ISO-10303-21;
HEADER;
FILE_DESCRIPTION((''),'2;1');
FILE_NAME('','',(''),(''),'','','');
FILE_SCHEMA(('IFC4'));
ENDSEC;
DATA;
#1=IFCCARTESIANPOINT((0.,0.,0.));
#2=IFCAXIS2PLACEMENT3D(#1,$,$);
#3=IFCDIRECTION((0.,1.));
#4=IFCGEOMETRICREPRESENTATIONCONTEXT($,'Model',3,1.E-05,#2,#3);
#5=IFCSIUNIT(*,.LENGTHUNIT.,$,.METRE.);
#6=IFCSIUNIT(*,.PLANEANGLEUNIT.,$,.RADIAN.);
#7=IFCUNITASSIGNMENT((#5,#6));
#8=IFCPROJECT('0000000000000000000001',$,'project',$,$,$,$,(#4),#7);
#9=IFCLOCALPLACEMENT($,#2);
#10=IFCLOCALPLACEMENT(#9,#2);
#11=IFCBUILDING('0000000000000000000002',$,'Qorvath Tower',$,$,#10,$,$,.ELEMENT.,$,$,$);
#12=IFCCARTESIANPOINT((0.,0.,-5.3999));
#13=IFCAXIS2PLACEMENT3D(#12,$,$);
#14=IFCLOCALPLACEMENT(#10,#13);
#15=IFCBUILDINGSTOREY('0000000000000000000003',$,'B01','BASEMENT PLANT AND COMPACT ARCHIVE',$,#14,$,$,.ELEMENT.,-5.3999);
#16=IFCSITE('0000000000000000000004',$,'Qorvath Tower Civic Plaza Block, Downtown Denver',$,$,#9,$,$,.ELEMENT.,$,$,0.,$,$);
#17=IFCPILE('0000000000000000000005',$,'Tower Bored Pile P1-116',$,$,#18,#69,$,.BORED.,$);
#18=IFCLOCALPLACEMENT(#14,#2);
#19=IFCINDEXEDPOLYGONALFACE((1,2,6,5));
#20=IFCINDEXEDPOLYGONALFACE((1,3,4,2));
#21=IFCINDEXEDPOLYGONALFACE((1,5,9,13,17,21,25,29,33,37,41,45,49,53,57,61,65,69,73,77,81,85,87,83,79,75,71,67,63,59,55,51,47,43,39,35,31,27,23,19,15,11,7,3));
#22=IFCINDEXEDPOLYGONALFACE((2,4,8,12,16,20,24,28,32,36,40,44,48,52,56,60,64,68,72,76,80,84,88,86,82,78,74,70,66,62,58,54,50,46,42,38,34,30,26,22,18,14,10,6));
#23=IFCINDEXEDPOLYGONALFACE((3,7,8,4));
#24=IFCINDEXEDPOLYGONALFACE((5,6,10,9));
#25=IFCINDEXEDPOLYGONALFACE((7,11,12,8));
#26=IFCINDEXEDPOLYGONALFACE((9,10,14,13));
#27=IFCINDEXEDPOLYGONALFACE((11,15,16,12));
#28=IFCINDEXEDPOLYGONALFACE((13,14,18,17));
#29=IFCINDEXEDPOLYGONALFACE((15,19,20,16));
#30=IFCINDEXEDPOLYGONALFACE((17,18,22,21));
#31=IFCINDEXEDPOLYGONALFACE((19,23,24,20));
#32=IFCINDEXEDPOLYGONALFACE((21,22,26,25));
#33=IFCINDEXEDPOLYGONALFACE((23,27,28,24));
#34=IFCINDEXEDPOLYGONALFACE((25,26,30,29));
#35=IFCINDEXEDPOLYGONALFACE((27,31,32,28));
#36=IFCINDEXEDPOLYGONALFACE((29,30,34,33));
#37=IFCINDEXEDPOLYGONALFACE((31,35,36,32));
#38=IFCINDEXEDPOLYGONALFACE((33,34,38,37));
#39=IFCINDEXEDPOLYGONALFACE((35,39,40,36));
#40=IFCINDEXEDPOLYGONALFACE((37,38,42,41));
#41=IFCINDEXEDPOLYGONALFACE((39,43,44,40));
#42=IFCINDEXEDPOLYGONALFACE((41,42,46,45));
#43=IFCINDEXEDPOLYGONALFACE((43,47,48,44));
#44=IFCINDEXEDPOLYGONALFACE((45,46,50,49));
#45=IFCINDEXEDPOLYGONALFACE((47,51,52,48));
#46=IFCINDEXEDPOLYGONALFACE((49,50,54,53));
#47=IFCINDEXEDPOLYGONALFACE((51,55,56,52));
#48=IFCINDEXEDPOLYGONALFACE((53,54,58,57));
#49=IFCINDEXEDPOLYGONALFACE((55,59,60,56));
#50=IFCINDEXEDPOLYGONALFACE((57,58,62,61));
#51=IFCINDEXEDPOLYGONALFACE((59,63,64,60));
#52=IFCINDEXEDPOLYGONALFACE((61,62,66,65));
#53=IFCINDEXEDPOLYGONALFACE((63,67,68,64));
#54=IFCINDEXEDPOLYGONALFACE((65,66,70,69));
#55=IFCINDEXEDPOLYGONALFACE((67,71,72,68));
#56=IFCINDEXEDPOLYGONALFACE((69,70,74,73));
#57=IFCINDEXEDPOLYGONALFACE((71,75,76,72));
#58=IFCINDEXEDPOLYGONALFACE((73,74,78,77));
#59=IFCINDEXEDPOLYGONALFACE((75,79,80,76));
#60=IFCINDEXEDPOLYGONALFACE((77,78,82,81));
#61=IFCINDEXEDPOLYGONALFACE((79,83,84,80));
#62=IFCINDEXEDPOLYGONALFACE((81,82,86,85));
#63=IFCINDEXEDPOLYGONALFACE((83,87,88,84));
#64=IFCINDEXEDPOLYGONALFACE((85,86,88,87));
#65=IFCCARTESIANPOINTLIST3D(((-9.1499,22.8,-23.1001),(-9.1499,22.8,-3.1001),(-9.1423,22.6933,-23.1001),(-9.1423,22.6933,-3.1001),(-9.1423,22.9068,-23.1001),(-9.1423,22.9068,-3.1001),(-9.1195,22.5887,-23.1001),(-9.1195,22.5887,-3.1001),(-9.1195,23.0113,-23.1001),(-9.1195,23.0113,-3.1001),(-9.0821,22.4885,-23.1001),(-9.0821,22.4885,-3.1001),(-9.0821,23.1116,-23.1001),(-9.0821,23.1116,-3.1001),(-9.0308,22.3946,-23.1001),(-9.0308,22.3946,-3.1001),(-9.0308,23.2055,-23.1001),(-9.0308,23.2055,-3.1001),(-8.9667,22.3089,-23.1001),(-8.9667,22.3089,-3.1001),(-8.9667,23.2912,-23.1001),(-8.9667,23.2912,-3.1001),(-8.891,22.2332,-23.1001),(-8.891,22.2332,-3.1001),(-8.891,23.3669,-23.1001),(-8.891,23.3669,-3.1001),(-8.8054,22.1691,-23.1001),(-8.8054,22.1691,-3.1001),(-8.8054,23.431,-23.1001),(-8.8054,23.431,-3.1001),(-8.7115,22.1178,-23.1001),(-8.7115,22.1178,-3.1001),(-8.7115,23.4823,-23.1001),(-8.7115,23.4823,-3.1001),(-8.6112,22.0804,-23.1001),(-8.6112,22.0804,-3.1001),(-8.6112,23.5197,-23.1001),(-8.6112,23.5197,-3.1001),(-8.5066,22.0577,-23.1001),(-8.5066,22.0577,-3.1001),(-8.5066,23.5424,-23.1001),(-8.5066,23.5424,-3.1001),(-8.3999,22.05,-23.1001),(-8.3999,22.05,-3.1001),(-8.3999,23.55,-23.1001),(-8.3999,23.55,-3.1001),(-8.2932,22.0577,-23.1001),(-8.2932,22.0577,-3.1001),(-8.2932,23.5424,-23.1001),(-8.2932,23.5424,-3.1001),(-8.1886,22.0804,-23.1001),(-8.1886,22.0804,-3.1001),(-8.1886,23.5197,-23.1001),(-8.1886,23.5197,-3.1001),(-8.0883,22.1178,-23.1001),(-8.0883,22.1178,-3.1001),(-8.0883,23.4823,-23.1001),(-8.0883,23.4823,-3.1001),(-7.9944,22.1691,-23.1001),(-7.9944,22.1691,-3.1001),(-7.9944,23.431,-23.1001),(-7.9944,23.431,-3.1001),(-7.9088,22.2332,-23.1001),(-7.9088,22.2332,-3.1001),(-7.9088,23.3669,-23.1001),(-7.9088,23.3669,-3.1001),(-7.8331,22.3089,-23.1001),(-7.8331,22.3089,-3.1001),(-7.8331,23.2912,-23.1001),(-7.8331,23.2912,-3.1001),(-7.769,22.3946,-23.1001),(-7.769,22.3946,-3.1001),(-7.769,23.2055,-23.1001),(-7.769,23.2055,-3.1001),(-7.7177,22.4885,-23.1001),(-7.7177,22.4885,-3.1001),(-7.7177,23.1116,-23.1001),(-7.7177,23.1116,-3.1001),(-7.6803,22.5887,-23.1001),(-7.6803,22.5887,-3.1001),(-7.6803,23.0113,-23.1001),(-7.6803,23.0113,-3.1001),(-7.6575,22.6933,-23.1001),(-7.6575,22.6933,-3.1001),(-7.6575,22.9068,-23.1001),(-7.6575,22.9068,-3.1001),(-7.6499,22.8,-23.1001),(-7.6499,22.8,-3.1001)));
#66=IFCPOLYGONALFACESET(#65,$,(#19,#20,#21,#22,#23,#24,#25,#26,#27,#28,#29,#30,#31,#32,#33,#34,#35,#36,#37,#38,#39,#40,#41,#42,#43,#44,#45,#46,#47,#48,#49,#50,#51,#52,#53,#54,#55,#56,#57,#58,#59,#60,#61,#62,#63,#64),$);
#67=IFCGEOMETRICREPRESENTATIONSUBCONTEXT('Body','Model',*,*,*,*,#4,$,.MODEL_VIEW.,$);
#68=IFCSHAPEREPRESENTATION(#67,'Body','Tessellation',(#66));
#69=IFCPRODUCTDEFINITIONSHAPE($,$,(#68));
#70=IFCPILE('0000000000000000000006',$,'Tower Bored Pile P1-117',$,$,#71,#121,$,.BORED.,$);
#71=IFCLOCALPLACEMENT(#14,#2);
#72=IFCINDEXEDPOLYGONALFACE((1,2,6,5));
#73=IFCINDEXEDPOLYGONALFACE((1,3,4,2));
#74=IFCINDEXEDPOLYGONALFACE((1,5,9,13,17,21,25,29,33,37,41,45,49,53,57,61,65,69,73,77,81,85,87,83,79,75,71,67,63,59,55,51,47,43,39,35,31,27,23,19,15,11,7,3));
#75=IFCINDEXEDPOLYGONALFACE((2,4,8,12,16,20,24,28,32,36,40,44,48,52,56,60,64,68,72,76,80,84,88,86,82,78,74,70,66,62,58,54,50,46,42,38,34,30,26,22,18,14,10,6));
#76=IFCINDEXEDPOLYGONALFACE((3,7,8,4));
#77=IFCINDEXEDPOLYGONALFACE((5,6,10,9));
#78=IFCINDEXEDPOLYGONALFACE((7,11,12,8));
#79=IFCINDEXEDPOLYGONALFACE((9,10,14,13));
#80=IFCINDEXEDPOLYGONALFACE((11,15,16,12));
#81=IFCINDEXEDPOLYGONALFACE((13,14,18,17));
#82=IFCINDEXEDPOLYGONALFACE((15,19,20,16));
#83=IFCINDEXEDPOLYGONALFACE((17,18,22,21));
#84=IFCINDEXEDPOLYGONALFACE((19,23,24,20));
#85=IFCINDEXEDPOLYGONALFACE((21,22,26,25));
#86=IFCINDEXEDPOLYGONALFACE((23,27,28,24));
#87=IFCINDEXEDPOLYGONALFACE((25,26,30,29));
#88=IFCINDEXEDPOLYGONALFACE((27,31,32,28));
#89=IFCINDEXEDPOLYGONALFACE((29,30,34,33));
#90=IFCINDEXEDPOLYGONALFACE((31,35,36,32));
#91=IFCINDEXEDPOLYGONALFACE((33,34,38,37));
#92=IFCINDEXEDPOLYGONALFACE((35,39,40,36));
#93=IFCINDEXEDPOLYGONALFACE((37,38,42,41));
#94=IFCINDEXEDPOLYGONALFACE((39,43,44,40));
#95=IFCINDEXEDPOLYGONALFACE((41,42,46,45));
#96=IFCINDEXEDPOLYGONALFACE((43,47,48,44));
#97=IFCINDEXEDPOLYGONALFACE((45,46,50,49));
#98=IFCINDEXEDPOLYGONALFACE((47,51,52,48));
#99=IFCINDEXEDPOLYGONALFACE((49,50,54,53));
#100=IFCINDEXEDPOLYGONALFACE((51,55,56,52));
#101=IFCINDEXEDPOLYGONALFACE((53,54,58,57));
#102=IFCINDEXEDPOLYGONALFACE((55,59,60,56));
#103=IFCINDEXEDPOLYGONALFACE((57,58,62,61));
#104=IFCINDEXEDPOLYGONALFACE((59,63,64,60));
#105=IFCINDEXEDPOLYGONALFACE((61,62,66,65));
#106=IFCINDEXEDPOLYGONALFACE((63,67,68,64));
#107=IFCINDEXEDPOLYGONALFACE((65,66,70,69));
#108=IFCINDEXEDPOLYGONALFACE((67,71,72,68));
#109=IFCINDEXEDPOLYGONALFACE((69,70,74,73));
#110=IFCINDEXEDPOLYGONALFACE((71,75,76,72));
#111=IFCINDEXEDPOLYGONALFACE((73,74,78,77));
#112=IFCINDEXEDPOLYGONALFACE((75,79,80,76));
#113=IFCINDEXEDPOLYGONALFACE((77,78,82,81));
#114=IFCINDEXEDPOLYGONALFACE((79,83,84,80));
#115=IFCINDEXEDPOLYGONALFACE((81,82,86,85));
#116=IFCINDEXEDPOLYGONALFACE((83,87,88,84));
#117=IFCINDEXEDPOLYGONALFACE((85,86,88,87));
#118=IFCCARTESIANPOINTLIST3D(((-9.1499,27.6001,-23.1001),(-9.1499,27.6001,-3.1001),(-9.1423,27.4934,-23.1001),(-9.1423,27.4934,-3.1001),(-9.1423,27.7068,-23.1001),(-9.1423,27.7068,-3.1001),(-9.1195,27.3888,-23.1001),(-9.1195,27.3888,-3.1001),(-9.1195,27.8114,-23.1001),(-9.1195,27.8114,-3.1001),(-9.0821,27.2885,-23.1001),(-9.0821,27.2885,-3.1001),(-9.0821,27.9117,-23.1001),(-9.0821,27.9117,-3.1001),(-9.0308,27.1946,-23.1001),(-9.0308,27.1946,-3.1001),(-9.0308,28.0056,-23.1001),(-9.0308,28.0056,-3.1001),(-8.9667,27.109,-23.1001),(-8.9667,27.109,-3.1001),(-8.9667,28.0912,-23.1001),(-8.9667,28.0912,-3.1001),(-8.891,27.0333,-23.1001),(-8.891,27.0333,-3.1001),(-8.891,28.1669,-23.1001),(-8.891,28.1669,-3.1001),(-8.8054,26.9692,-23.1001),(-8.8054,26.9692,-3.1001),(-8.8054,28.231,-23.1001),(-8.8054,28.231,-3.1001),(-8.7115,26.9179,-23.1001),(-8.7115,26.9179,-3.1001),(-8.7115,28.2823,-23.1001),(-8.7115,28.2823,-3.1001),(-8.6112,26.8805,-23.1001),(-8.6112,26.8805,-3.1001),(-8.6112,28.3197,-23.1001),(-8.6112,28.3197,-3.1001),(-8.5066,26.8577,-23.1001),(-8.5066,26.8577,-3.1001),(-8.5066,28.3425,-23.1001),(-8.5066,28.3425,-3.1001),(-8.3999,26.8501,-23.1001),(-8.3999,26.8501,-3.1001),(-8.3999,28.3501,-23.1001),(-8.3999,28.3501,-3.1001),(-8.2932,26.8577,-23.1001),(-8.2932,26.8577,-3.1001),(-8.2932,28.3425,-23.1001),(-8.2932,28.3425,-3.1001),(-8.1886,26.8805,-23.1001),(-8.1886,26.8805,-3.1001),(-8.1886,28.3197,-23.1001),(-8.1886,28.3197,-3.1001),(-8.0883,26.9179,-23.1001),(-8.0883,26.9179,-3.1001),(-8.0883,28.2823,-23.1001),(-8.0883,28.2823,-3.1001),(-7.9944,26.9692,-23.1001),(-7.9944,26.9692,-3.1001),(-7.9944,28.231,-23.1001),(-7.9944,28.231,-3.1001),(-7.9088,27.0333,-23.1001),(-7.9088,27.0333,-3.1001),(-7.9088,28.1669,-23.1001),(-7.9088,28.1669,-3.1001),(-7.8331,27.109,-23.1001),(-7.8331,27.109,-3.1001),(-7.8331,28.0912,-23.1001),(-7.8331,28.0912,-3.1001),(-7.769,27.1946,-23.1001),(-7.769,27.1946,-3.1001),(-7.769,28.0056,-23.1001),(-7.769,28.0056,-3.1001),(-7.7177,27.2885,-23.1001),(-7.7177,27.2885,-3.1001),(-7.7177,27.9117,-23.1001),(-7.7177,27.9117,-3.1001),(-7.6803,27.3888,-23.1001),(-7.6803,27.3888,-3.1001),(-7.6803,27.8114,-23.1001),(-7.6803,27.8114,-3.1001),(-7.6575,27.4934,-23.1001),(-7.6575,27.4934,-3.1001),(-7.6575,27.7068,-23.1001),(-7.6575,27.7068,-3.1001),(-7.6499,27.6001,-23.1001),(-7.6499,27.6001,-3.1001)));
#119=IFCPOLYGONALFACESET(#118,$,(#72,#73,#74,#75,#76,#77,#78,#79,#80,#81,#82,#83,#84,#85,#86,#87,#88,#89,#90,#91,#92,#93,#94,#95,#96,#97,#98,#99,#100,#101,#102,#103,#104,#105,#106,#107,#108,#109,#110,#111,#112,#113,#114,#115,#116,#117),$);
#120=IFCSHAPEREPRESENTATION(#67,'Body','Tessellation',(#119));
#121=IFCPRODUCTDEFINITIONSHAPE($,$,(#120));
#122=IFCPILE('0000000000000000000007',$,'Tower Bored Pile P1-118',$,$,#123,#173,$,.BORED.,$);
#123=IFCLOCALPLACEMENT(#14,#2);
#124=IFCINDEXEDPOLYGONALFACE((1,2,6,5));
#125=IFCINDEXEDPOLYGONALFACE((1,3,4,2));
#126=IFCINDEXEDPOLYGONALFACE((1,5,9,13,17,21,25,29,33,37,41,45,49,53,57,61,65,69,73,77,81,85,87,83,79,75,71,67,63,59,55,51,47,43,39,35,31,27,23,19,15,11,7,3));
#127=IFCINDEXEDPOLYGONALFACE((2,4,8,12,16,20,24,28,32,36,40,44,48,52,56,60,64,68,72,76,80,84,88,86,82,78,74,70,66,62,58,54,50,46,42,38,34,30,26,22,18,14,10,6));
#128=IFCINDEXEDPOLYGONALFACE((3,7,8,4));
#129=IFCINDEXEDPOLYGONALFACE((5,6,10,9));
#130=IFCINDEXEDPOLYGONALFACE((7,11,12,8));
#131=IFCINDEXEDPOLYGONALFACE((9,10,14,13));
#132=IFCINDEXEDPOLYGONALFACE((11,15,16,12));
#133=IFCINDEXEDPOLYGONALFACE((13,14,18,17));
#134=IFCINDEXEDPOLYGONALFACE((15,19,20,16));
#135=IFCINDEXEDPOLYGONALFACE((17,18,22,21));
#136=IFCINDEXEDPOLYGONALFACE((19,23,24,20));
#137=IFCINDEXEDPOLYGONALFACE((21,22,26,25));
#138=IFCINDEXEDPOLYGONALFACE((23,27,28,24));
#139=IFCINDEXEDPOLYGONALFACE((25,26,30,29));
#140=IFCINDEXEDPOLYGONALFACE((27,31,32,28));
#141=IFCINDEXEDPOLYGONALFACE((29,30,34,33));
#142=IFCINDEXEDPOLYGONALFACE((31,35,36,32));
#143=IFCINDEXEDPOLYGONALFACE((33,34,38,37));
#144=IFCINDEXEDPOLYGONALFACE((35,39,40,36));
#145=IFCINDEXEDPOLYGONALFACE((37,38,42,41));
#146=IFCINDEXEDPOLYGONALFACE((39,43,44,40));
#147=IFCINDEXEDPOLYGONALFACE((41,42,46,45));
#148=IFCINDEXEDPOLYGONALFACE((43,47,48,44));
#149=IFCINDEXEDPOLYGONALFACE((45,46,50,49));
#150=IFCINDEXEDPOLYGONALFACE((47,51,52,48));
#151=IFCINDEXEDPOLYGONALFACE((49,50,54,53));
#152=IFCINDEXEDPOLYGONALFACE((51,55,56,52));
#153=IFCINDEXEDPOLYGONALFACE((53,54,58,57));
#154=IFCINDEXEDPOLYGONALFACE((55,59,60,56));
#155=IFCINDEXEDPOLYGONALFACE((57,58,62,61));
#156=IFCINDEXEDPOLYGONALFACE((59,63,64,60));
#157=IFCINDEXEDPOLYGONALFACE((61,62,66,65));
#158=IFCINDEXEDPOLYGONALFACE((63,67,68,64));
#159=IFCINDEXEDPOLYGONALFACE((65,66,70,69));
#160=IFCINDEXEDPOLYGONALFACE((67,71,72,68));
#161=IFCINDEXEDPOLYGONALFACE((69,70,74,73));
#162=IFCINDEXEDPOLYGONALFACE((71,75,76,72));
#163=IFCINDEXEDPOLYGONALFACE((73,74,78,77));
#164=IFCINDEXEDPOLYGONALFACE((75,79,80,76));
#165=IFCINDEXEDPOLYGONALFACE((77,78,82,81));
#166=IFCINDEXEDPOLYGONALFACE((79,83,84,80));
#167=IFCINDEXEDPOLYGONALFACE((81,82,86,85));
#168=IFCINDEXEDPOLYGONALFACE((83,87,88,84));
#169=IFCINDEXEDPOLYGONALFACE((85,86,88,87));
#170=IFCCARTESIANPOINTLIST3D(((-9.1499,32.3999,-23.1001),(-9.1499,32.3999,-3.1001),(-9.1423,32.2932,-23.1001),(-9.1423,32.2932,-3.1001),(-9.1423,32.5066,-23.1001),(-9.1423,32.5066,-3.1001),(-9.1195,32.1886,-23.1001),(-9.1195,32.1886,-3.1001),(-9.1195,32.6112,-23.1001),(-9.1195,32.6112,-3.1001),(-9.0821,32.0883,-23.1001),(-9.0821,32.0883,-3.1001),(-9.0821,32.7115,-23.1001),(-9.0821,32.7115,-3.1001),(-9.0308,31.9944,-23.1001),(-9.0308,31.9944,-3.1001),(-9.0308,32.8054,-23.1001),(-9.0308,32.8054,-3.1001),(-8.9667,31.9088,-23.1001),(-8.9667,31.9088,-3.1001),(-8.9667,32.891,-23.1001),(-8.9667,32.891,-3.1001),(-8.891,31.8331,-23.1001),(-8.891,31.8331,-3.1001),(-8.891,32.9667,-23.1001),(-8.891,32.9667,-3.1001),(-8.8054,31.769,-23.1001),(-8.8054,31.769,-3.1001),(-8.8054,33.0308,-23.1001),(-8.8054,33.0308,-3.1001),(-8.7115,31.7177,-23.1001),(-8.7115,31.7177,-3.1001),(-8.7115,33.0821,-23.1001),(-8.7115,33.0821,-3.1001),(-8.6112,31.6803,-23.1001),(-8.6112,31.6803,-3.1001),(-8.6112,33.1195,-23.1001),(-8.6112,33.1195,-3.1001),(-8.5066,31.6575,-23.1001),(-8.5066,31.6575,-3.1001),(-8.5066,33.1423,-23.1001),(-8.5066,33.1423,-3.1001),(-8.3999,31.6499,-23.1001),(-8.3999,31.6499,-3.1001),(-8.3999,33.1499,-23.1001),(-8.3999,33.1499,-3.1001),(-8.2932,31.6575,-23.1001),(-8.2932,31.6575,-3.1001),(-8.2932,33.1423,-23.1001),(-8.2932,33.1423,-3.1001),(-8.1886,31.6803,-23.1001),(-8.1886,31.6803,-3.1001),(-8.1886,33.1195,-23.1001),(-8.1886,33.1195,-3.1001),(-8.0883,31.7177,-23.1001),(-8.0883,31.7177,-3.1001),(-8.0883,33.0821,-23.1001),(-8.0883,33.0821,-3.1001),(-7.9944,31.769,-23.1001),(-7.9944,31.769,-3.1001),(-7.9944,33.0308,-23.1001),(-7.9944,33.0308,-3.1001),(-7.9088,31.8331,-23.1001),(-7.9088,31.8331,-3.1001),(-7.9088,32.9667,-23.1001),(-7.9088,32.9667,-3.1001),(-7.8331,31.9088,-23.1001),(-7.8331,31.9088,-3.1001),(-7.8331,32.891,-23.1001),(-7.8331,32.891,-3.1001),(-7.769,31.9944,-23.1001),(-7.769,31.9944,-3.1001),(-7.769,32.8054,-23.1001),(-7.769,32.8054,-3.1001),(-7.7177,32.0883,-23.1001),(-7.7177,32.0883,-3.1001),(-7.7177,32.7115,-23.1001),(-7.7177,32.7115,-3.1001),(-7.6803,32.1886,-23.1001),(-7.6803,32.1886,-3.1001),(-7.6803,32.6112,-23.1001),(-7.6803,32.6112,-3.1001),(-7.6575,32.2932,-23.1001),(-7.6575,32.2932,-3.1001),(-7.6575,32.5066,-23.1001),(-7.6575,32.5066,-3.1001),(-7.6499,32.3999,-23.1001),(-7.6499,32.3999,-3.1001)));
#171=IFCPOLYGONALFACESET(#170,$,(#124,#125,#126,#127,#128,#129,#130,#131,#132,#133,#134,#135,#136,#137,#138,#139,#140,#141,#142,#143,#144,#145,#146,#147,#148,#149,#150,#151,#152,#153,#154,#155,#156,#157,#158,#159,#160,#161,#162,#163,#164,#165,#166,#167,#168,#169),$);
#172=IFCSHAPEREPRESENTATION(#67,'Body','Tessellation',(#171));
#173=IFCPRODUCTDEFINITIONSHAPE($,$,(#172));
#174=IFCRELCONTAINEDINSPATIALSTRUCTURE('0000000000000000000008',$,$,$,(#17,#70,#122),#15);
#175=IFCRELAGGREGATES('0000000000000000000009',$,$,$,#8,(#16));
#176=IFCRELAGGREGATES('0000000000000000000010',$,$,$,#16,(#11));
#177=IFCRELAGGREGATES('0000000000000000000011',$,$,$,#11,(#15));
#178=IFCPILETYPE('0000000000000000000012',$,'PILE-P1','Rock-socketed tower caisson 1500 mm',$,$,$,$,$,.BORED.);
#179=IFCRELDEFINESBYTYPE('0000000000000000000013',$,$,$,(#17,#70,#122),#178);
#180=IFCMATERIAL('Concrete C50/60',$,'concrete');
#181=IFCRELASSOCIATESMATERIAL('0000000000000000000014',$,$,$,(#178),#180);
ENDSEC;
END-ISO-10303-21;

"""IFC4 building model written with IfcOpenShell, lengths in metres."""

from ifc_helpers import new_model, si_unit, direction, frame, origin, origin_2d, place, context, subcontext, project, spatial, circle, extrude, material, material_profile, profile_set, type_object, element, save


model = new_model("IFC4")

# Units and contexts
model_context = context("Model", 3, precision=1e-05, world=origin(), true_north=direction((0.0, 1.0)))
body_context = subcontext(model_context, "Body", "Model", "MODEL_VIEW")
ifc_project = project(units=[si_unit("LENGTHUNIT", "METRE"), si_unit("PLANEANGLEUNIT", "RADIAN")], contexts=[model_context])

# Site, building, storey
site_placement = place(None, origin())
site = spatial("IfcSite", under=ifc_project, at=site_placement, Name="Qorvath Tower Civic Plaza Block, Downtown Denver", CompositionType="ELEMENT", RefElevation=0.0)
building_placement = place(site_placement, origin())
building = spatial("IfcBuilding", under=site, at=building_placement, Name="Qorvath Tower", CompositionType="ELEMENT")
storey_placement = place(building_placement, frame((0.0, 0.0, -5.3999)))
storey = spatial("IfcBuildingStorey", under=building, at=storey_placement, Name="B01", Description="BASEMENT PLANT AND COMPACT ARCHIVE", CompositionType="ELEMENT", Elevation=-5.3999)

# Piles
ifc_material_1 = material(Name="Concrete C50/60", Category="concrete")
ifc_material_profile_1 = material_profile(ifc_material_1, circle(Radius=0.75, at=origin_2d()), Name="BORED PILE 1500")
ifc_profile_set_1 = profile_set([ifc_material_profile_1], Name="Concrete C50/60")
pile_type = type_object("IfcPileType", Name="PILE-P1", Description="Rock-socketed tower caisson 1500 mm", PredefinedType="BORED", material=ifc_profile_set_1)
for number, where, z_axis, x_axis, name in (
    (1, (-8.3999, 22.8, -3.1001), (0.0, 0.0, -1.0), (1.0, 0.0, 0.0), "Tower Bored Pile P1-116"),
    (2, (-8.3999, 27.6001, -3.1001), (0.0, 0.0, -1.0), (1.0, 0.0, 0.0), "Tower Bored Pile P1-117"),
    (3, (-8.3999, 32.3999, -3.1001), (0.0, 0.0, -1.0), (1.0, 0.0, 0.0), "Tower Bored Pile P1-118"),
):
    element("IfcPile", number, at=place(storey_placement, frame(where, z_axis=z_axis, x_axis=x_axis)), inside=storey, type_object=pile_type, Name=name, PredefinedType="BORED", context=body_context, shape_type="SweptSolid", body=[
        extrude(circle(Radius=0.75, at=origin_2d()), origin(), (0.0, 0.0, 1.0), 20.0),
    ])

save(model, "model.ifc")
